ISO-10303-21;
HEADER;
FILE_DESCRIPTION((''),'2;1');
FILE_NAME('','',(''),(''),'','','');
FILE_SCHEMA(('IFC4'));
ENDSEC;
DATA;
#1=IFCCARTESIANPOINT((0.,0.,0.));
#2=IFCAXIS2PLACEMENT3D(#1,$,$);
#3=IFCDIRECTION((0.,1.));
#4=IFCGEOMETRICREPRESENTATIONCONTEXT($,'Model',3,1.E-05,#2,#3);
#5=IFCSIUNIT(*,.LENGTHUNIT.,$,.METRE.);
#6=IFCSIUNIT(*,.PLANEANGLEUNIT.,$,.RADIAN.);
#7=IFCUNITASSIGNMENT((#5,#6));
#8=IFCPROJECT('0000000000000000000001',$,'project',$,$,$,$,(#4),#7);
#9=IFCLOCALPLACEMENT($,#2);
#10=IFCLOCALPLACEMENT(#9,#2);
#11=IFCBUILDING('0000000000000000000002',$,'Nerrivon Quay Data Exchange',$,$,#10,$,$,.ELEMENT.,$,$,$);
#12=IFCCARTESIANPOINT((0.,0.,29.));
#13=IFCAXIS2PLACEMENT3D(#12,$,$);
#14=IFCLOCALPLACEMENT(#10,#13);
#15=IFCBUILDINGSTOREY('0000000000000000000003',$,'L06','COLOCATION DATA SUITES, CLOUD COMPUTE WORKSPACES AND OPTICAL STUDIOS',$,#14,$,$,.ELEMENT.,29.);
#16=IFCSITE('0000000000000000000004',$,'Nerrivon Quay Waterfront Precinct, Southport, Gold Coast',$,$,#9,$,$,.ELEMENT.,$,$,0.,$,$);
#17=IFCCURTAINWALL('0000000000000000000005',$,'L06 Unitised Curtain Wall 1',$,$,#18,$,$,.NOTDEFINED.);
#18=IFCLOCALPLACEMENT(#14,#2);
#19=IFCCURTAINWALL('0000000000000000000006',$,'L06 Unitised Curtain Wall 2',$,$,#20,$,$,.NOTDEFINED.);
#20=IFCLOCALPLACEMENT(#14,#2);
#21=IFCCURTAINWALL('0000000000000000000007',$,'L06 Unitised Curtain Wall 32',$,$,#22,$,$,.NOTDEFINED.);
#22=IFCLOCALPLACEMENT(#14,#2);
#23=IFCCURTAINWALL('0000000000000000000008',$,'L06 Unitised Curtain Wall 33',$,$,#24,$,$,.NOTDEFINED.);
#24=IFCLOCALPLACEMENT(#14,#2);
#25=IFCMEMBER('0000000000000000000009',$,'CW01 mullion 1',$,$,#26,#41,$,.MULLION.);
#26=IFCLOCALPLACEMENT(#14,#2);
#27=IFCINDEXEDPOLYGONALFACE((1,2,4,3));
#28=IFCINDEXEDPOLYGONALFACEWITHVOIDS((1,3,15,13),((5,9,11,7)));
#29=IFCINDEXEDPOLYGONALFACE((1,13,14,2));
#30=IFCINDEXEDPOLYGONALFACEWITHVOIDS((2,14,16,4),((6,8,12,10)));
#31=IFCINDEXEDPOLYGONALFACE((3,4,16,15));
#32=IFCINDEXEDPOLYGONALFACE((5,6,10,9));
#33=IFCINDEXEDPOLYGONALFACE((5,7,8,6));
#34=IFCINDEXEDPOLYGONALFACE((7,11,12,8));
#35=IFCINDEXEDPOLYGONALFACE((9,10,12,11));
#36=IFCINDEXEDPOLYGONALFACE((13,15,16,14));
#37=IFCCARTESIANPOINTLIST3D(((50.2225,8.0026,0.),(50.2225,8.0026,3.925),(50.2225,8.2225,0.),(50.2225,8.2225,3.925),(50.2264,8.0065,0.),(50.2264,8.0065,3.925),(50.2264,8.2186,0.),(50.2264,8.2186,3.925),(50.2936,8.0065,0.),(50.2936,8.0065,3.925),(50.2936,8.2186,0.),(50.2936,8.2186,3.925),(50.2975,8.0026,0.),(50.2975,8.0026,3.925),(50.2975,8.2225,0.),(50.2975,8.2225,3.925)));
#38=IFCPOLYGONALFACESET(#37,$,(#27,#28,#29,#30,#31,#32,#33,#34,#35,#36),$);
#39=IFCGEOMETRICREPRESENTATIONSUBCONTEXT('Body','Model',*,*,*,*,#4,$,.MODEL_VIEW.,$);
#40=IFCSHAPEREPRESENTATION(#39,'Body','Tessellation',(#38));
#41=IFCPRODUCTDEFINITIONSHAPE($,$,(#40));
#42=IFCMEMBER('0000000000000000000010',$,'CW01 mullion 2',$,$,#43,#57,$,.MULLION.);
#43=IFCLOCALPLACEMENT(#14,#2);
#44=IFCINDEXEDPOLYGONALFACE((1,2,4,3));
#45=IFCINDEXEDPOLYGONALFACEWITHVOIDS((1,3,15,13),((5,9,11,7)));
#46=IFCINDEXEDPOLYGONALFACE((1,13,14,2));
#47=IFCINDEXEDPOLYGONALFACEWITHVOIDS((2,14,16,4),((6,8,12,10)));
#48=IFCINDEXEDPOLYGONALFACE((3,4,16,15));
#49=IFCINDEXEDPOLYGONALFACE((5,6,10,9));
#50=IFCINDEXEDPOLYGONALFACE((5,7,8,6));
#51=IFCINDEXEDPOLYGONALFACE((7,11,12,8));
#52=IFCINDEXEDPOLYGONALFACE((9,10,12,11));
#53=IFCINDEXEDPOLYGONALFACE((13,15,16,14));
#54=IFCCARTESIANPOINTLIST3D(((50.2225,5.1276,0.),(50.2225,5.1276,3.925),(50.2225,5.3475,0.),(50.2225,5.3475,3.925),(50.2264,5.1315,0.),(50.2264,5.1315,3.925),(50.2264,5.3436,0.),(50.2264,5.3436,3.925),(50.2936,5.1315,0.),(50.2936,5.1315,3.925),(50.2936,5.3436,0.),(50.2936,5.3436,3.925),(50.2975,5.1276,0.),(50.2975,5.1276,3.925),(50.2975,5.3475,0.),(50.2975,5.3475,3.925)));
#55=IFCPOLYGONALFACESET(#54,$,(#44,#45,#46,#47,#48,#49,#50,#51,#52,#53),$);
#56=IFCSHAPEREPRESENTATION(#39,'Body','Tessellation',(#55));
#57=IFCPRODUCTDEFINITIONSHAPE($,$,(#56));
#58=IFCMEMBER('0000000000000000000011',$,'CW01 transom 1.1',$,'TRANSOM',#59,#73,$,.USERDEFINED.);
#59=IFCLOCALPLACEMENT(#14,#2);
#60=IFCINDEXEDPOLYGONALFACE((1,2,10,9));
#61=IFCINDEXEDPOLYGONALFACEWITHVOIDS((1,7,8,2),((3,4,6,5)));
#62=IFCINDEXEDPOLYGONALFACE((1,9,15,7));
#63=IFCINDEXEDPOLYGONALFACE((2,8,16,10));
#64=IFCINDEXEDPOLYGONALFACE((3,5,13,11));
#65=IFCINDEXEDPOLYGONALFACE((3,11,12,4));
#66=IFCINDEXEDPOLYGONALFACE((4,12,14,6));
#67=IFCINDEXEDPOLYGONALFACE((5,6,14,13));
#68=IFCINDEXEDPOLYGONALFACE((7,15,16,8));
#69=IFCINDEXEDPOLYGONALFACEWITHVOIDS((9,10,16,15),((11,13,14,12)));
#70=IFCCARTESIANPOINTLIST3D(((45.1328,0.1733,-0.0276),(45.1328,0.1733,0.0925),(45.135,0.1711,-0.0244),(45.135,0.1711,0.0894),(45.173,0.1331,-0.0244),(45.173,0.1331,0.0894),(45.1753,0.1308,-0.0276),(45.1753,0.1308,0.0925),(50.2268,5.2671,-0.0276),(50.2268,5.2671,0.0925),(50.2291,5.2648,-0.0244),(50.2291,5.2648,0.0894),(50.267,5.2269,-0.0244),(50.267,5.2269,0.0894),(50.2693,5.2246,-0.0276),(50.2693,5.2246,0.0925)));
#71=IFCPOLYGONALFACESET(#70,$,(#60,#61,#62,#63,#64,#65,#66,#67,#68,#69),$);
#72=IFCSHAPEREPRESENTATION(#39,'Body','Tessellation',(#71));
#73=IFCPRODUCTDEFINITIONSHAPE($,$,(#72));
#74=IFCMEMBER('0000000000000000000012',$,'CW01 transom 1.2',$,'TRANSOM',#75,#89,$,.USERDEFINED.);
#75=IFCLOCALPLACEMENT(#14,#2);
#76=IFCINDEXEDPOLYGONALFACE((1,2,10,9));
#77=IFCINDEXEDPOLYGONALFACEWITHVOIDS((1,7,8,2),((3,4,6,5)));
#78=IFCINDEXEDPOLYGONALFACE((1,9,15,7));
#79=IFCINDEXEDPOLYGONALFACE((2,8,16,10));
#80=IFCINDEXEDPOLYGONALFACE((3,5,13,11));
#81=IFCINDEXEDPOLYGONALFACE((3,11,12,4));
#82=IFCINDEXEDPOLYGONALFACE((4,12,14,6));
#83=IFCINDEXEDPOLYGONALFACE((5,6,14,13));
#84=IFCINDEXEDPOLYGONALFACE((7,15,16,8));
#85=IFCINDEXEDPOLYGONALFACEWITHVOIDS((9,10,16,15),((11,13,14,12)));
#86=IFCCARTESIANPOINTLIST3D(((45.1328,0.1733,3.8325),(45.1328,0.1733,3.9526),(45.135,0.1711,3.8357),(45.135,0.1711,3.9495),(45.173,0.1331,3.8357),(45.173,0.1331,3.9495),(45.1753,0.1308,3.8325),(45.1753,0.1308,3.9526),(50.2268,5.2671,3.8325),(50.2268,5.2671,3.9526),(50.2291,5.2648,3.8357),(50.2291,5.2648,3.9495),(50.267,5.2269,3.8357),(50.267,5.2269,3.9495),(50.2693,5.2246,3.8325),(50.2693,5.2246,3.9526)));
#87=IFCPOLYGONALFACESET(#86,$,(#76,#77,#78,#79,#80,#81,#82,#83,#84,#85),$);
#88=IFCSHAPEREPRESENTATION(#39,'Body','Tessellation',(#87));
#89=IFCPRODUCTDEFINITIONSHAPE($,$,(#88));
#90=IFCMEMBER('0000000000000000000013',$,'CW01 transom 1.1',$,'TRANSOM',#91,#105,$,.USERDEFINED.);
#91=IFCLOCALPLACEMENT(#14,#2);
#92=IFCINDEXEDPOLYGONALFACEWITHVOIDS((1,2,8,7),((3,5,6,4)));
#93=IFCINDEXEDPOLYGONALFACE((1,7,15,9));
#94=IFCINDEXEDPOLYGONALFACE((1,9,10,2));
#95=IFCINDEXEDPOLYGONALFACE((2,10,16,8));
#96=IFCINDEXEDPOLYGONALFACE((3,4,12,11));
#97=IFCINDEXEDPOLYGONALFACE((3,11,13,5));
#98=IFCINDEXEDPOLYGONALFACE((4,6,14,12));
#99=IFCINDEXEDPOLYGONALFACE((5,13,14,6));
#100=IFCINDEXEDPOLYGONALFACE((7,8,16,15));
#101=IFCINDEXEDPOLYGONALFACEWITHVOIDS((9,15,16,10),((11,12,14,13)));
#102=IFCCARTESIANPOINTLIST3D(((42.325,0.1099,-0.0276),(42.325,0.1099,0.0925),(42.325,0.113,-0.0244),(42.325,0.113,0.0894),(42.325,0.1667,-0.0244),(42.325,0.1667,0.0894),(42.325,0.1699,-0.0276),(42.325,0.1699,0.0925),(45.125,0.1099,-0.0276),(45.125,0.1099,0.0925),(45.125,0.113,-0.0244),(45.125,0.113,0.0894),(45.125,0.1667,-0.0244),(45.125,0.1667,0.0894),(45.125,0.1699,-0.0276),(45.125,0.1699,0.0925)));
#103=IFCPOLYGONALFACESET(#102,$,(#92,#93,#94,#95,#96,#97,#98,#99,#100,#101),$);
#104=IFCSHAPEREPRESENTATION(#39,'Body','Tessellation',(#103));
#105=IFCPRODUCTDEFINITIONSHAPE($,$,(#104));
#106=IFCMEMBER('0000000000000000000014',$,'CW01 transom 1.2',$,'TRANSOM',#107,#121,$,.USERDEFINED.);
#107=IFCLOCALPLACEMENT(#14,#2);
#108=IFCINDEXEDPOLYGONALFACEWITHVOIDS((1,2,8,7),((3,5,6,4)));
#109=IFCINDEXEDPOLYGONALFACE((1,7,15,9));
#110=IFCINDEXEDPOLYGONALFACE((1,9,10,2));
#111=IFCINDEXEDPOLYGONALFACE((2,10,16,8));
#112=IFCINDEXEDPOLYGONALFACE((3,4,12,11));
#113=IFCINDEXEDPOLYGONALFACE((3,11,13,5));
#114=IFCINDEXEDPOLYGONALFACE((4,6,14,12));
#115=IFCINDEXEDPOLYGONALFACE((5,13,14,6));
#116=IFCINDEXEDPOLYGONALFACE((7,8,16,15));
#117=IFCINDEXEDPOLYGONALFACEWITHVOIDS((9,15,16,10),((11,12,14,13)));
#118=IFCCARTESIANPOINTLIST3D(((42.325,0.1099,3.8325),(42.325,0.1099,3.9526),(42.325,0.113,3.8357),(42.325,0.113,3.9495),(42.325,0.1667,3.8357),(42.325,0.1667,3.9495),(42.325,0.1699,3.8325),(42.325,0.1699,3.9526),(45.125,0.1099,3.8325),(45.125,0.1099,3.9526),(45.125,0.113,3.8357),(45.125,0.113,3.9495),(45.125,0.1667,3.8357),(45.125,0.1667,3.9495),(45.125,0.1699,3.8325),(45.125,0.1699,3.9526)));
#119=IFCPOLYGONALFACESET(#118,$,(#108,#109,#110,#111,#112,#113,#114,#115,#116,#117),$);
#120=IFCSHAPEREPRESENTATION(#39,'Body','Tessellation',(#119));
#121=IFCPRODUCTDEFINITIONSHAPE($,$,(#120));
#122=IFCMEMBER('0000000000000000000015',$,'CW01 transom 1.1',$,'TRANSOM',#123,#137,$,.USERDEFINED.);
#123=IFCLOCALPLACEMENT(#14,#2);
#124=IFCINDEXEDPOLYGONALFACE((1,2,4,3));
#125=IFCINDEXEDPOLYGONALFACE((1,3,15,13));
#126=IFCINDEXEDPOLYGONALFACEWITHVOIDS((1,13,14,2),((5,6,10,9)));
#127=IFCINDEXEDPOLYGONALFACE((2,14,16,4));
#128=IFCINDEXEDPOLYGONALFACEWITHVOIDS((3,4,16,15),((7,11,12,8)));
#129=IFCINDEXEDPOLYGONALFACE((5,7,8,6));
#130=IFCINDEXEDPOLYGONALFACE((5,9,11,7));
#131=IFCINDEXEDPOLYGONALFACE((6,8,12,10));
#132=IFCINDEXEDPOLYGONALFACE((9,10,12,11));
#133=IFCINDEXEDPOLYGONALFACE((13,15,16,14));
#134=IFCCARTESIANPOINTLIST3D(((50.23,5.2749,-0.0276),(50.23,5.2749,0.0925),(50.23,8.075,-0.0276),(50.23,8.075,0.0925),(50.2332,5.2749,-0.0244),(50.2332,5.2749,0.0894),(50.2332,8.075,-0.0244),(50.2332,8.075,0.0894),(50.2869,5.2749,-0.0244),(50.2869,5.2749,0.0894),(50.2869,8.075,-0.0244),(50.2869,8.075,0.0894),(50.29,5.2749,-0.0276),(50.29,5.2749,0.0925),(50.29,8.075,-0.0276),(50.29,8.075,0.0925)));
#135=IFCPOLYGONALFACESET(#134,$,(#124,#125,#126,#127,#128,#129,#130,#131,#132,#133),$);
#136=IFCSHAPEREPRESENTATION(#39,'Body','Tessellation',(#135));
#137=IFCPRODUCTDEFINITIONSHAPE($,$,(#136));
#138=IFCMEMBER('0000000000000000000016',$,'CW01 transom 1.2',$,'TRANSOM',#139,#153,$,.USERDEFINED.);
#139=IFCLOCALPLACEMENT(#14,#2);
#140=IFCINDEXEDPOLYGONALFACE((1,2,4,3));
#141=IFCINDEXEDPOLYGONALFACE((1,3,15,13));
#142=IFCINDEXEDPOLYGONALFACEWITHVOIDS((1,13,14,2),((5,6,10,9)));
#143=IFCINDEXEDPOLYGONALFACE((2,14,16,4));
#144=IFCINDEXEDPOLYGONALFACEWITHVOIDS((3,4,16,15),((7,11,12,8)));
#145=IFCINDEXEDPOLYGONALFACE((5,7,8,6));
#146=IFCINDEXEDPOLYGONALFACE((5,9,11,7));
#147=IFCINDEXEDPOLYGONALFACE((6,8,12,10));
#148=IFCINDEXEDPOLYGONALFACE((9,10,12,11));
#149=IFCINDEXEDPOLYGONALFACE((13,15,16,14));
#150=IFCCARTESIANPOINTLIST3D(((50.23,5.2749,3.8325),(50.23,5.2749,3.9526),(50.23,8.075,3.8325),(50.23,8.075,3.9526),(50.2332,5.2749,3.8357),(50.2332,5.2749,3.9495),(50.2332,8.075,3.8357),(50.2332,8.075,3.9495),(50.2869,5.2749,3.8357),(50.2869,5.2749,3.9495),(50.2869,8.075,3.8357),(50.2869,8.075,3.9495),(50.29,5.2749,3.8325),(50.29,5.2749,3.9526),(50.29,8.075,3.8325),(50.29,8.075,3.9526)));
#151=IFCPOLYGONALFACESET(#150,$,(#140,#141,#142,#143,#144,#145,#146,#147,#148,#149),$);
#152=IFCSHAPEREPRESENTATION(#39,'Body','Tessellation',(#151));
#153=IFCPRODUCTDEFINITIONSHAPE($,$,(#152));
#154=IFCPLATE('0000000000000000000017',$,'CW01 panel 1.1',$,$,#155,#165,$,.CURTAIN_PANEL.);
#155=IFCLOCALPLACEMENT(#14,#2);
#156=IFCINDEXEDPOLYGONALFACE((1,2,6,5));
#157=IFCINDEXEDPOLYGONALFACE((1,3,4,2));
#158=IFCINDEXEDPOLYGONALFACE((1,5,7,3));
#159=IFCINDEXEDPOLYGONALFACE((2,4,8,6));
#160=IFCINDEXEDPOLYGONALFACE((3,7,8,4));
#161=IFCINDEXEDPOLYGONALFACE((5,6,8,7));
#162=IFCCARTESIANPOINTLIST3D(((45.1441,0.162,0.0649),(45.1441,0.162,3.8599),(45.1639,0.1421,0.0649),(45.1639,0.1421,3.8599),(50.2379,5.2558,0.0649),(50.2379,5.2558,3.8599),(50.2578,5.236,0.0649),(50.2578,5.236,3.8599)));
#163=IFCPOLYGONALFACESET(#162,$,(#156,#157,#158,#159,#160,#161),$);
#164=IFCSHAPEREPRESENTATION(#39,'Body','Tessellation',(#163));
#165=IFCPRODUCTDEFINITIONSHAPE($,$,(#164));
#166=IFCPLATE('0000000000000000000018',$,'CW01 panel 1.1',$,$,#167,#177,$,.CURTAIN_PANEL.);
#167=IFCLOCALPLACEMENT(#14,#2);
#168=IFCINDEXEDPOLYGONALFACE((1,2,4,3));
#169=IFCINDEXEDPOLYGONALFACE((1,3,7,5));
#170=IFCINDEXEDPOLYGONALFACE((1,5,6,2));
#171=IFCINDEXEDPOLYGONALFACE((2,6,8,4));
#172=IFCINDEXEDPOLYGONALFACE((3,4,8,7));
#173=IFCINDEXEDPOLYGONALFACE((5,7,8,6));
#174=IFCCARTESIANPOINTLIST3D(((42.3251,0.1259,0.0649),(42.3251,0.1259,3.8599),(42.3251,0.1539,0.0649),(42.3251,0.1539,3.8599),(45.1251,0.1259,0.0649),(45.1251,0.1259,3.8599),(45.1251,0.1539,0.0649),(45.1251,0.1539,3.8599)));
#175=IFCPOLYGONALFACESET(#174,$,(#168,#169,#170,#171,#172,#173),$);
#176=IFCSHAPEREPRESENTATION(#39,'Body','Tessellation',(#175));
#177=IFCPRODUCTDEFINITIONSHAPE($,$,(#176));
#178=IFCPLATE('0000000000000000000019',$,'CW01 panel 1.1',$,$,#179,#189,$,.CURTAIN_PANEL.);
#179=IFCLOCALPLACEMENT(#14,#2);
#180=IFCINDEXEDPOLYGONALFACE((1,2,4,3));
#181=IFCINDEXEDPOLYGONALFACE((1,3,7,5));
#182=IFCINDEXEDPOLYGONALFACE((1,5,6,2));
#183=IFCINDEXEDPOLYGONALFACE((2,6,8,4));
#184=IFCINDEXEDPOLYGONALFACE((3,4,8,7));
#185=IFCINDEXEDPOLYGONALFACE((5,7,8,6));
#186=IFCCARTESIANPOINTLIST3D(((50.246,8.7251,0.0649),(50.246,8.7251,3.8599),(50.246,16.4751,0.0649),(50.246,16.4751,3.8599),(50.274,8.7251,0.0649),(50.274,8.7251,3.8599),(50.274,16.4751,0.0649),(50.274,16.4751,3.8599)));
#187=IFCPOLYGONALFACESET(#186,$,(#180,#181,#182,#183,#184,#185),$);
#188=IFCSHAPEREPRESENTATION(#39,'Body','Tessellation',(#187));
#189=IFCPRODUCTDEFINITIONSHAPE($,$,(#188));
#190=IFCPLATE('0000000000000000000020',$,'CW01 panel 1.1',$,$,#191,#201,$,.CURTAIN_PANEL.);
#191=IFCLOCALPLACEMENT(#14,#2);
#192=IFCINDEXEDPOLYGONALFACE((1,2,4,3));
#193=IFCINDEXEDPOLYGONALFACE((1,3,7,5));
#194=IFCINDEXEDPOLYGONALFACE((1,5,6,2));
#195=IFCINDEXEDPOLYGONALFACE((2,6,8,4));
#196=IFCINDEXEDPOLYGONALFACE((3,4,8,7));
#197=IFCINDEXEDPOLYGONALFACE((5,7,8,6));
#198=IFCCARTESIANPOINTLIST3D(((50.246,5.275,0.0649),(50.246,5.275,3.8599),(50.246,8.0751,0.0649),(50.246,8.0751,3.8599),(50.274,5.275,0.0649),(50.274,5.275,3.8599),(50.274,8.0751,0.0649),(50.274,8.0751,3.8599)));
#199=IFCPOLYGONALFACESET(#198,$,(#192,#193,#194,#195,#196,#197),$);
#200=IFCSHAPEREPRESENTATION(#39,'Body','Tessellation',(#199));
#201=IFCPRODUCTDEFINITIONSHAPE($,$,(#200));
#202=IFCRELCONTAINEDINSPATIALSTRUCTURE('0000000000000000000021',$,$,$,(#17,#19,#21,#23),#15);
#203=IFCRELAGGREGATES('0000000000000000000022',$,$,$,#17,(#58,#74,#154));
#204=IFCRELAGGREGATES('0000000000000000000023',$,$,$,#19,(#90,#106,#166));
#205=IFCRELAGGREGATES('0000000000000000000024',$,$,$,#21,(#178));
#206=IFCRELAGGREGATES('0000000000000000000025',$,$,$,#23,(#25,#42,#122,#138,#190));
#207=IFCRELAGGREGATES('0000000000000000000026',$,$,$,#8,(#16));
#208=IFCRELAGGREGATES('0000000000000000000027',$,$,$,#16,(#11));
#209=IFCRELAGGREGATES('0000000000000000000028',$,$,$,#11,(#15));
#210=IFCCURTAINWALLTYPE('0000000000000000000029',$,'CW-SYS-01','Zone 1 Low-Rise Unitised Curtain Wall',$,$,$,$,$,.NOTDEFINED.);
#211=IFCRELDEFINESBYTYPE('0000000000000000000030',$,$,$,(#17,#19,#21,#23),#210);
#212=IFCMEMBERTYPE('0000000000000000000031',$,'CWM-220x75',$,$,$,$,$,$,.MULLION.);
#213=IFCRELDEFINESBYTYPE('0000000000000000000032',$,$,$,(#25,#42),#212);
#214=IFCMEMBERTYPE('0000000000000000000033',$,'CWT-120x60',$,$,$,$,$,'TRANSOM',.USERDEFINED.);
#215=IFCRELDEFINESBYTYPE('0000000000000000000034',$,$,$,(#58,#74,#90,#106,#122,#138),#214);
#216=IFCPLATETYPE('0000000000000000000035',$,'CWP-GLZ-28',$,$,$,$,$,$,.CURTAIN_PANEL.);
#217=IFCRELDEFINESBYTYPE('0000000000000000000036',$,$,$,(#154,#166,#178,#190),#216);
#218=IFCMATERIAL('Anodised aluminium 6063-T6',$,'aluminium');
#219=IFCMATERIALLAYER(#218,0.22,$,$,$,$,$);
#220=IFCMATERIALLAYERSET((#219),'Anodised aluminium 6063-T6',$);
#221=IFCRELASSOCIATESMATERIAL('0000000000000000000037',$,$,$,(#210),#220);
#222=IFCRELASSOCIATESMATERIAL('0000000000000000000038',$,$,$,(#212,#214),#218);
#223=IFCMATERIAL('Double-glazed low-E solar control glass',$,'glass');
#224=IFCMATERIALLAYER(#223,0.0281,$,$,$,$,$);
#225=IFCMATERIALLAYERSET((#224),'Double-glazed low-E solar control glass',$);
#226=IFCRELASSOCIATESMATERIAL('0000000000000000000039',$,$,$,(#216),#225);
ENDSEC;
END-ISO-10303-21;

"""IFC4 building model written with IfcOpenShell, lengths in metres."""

from ifc_helpers import new_model, si_unit, direction, frame, origin, origin_2d, place, context, subcontext, project, spatial, rectangle, hollow_rectangle, extrude, material, layer, layer_set, material_profile, profile_set, type_object, element, aggregate, save


model = new_model("IFC4")

# Units and contexts
model_context = context("Model", 3, precision=1e-05, world=origin(), true_north=direction((0.0, 1.0)))
body_context = subcontext(model_context, "Body", "Model", "MODEL_VIEW")
ifc_project = project(units=[si_unit("LENGTHUNIT", "METRE"), si_unit("PLANEANGLEUNIT", "RADIAN")], contexts=[model_context])

# Site, building, storey
site_placement = place(None, origin())
site = spatial("IfcSite", under=ifc_project, at=site_placement, Name="Nerrivon Quay Waterfront Precinct, Southport, Gold Coast", CompositionType="ELEMENT", RefElevation=0.0)
building_placement = place(site_placement, origin())
building = spatial("IfcBuilding", under=site, at=building_placement, Name="Nerrivon Quay Data Exchange", CompositionType="ELEMENT")
storey_placement = place(building_placement, frame((0.0, 0.0, 29.0)))
storey = spatial("IfcBuildingStorey", under=building, at=storey_placement, Name="L06", Description="COLOCATION DATA SUITES, CLOUD COMPUTE WORKSPACES AND OPTICAL STUDIOS", CompositionType="ELEMENT", Elevation=29.0)

# Curtain walls
ifc_material_1 = material(Name="Anodised aluminium 6063-T6", Category="aluminium")
ifc_layer_1 = layer(ifc_material_1, 0.22)
ifc_layer_set_1 = layer_set([ifc_layer_1], Name="Anodised aluminium 6063-T6")
curtain_wall_type = type_object("IfcCurtainWallType", Name="CW-SYS-01", Description="Zone 1 Low-Rise Unitised Curtain Wall", PredefinedType="NOTDEFINED", material=ifc_layer_set_1)
curtain_wall_1_placement = place(storey_placement, origin())
curtain_wall_1 = element("IfcCurtainWall", 1, at=curtain_wall_1_placement, inside=storey, type_object=curtain_wall_type, Name="L06 Unitised Curtain Wall 1", PredefinedType="NOTDEFINED")
ifc_material_profile_1 = material_profile(ifc_material_1, hollow_rectangle(XDim=0.075, YDim=0.22, WallThickness=0.0039, at=origin_2d()), Name="ALU-MULL-220x75")
ifc_profile_set_1 = profile_set([ifc_material_profile_1], Name="Anodised aluminium 6063-T6")
member_type_1 = type_object("IfcMemberType", Name="CWM-220x75", PredefinedType="MULLION", material=ifc_profile_set_1)
curtain_wall_2_placement = place(storey_placement, origin())
curtain_wall_2 = element("IfcCurtainWall", 2, at=curtain_wall_2_placement, inside=storey, type_object=curtain_wall_type, Name="L06 Unitised Curtain Wall 2", PredefinedType="NOTDEFINED")

# Curtain wall
curtain_wall_3_placement = place(storey_placement, origin())
curtain_wall_3 = element("IfcCurtainWall", 3, at=curtain_wall_3_placement, inside=storey, type_object=curtain_wall_type, Name="L06 Unitised Curtain Wall 32", PredefinedType="NOTDEFINED")

# Curtain wall, members
curtain_wall_4_placement = place(storey_placement, origin())
curtain_wall_4 = element("IfcCurtainWall", 4, at=curtain_wall_4_placement, inside=storey, type_object=curtain_wall_type, Name="L06 Unitised Curtain Wall 33", PredefinedType="NOTDEFINED")
member_1_placement = place(storey_placement, frame((50.26, 8.1125, 0.0), z_axis=(0.0, 0.0, 1.0), x_axis=(1.0, 0.0, 0.0)))
member_1 = element("IfcMember", 5, at=member_1_placement, type_object=member_type_1, Name="CW01 mullion 1", PredefinedType="MULLION", context=body_context, shape_type="SweptSolid", body=[
    extrude(hollow_rectangle(XDim=0.075, YDim=0.22, WallThickness=0.0039, at=origin_2d()), origin(), (0.0, 0.0, 1.0), 3.925),
])
member_2_placement = place(storey_placement, frame((50.26, 5.2375, 0.0), z_axis=(0.0, 0.0, 1.0), x_axis=(1.0, 0.0, 0.0)))
member_2 = element("IfcMember", 6, at=member_2_placement, type_object=member_type_1, Name="CW01 mullion 2", PredefinedType="MULLION", context=body_context, shape_type="SweptSolid", body=[
    extrude(hollow_rectangle(XDim=0.075, YDim=0.22, WallThickness=0.0039, at=origin_2d()), origin(), (0.0, 0.0, 1.0), 3.925),
])

# Members
ifc_material_profile_2 = material_profile(ifc_material_1, hollow_rectangle(XDim=0.0601, YDim=0.1201, WallThickness=0.0032, at=origin_2d()), Name="ALU-TRAN-120x60")
ifc_profile_set_2 = profile_set([ifc_material_profile_2], Name="Anodised aluminium 6063-T6")
member_type_2 = type_object("IfcMemberType", Name="CWT-120x60", ElementType="TRANSOM", PredefinedType="USERDEFINED", material=ifc_profile_set_2)
member_3_placement = place(storey_placement, frame((50.248, 5.2458, 0.0325), z_axis=(-0.707124, -0.70709, 0.0), x_axis=(0.70709, -0.707124, 0.0)))
member_3 = element("IfcMember", 7, at=member_3_placement, type_object=member_type_2, Name="CW01 transom 1.1", ObjectType="TRANSOM", PredefinedType="USERDEFINED", context=body_context, shape_type="SweptSolid", body=[
    extrude(hollow_rectangle(XDim=0.0601, YDim=0.1201, WallThickness=0.0032, at=origin_2d()), origin(), (0.0, 0.0, 1.0), 7.2039),
])
member_4_placement = place(storey_placement, frame((50.248, 5.2458, 3.8926), z_axis=(-0.707124, -0.70709, 0.0), x_axis=(0.70709, -0.707124, 0.0)))
member_4 = element("IfcMember", 8, at=member_4_placement, type_object=member_type_2, Name="CW01 transom 1.2", ObjectType="TRANSOM", PredefinedType="USERDEFINED", context=body_context, shape_type="SweptSolid", body=[
    extrude(hollow_rectangle(XDim=0.0601, YDim=0.1201, WallThickness=0.0032, at=origin_2d()), origin(), (0.0, 0.0, 1.0), 7.2039),
])
member_5_placement = place(storey_placement, frame((45.125, 0.1399, 0.0325), z_axis=(-1.0, 0.0, 0.0), x_axis=(0.0, -1.0, 0.0)))
member_5 = element("IfcMember", 9, at=member_5_placement, type_object=member_type_2, Name="CW01 transom 1.1", ObjectType="TRANSOM", PredefinedType="USERDEFINED", context=body_context, shape_type="SweptSolid", body=[
    extrude(hollow_rectangle(XDim=0.0601, YDim=0.1201, WallThickness=0.0032, at=origin_2d()), origin(), (0.0, 0.0, 1.0), 2.8),
])
member_6_placement = place(storey_placement, frame((45.125, 0.1399, 3.8926), z_axis=(-1.0, 0.0, 0.0), x_axis=(0.0, -1.0, 0.0)))
member_6 = element("IfcMember", 10, at=member_6_placement, type_object=member_type_2, Name="CW01 transom 1.2", ObjectType="TRANSOM", PredefinedType="USERDEFINED", context=body_context, shape_type="SweptSolid", body=[
    extrude(hollow_rectangle(XDim=0.0601, YDim=0.1201, WallThickness=0.0032, at=origin_2d()), origin(), (0.0, 0.0, 1.0), 2.8),
])
member_7_placement = place(storey_placement, frame((50.26, 8.075, 0.0325), z_axis=(0.0, -1.0, 0.0), x_axis=(1.0, 0.0, 0.0)))
member_7 = element("IfcMember", 11, at=member_7_placement, type_object=member_type_2, Name="CW01 transom 1.1", ObjectType="TRANSOM", PredefinedType="USERDEFINED", context=body_context, shape_type="SweptSolid", body=[
    extrude(hollow_rectangle(XDim=0.0601, YDim=0.1201, WallThickness=0.0032, at=origin_2d()), origin(), (0.0, 0.0, 1.0), 2.8),
])
member_8_placement = place(storey_placement, frame((50.26, 8.075, 3.8926), z_axis=(0.0, -1.0, 0.0), x_axis=(1.0, 0.0, 0.0)))
member_8 = element("IfcMember", 12, at=member_8_placement, type_object=member_type_2, Name="CW01 transom 1.2", ObjectType="TRANSOM", PredefinedType="USERDEFINED", context=body_context, shape_type="SweptSolid", body=[
    extrude(hollow_rectangle(XDim=0.0601, YDim=0.1201, WallThickness=0.0032, at=origin_2d()), origin(), (0.0, 0.0, 1.0), 2.8),
])

# Plates
ifc_material_2 = material(Name="Double-glazed low-E solar control glass", Category="glass")
ifc_layer_2 = layer(ifc_material_2, 0.0281)
ifc_layer_set_2 = layer_set([ifc_layer_2], Name="Double-glazed low-E solar control glass")
plate_type = type_object("IfcPlateType", Name="CWP-GLZ-28", PredefinedType="CURTAIN_PANEL", material=ifc_layer_set_2)
plate_1_placement = place(storey_placement, frame((47.7009, 2.699, 0.0649), z_axis=(0.0, 0.0, 1.0), x_axis=(-0.707107, -0.707107, 0.0)))
plate_1 = element("IfcPlate", 13, at=plate_1_placement, type_object=plate_type, Name="CW01 panel 1.1", PredefinedType="CURTAIN_PANEL", context=body_context, shape_type="SweptSolid", body=[
    extrude(rectangle(XDim=7.2039, YDim=0.0281, at=origin_2d()), origin(), (0.0, 0.0, 1.0), 3.7949),
])
aggregate(curtain_wall_1, [member_3, member_4, plate_1])
plate_2_placement = place(storey_placement, frame((43.7251, 0.1399, 0.0649), z_axis=(0.0, 0.0, 1.0), x_axis=(-1.0, 0.0, 0.0)))
plate_2 = element("IfcPlate", 14, at=plate_2_placement, type_object=plate_type, Name="CW01 panel 1.1", PredefinedType="CURTAIN_PANEL", context=body_context, shape_type="SweptSolid", body=[
    extrude(rectangle(XDim=2.8, YDim=0.0281, at=origin_2d()), origin(), (0.0, 0.0, 1.0), 3.7949),
])
aggregate(curtain_wall_2, [member_5, member_6, plate_2])
plate_3_placement = place(storey_placement, frame((50.26, 12.6001, 0.0649), z_axis=(0.0, 0.0, 1.0), x_axis=(0.0, -1.0, 0.0)))
plate_3 = element("IfcPlate", 15, at=plate_3_placement, type_object=plate_type, Name="CW01 panel 1.1", PredefinedType="CURTAIN_PANEL", context=body_context, shape_type="SweptSolid", body=[
    extrude(rectangle(XDim=7.75, YDim=0.0281, at=origin_2d()), origin(), (0.0, 0.0, 1.0), 3.7949),
])
aggregate(curtain_wall_3, [plate_3])
plate_4_placement = place(storey_placement, frame((50.26, 6.675, 0.0649), z_axis=(0.0, 0.0, 1.0), x_axis=(0.0, -1.0, 0.0)))
plate_4 = element("IfcPlate", 16, at=plate_4_placement, type_object=plate_type, Name="CW01 panel 1.1", PredefinedType="CURTAIN_PANEL", context=body_context, shape_type="SweptSolid", body=[
    extrude(rectangle(XDim=2.8, YDim=0.0281, at=origin_2d()), origin(), (0.0, 0.0, 1.0), 3.7949),
])
aggregate(curtain_wall_4, [member_1, member_2, member_7, member_8, plate_4])

save(model, "model.ifc")
